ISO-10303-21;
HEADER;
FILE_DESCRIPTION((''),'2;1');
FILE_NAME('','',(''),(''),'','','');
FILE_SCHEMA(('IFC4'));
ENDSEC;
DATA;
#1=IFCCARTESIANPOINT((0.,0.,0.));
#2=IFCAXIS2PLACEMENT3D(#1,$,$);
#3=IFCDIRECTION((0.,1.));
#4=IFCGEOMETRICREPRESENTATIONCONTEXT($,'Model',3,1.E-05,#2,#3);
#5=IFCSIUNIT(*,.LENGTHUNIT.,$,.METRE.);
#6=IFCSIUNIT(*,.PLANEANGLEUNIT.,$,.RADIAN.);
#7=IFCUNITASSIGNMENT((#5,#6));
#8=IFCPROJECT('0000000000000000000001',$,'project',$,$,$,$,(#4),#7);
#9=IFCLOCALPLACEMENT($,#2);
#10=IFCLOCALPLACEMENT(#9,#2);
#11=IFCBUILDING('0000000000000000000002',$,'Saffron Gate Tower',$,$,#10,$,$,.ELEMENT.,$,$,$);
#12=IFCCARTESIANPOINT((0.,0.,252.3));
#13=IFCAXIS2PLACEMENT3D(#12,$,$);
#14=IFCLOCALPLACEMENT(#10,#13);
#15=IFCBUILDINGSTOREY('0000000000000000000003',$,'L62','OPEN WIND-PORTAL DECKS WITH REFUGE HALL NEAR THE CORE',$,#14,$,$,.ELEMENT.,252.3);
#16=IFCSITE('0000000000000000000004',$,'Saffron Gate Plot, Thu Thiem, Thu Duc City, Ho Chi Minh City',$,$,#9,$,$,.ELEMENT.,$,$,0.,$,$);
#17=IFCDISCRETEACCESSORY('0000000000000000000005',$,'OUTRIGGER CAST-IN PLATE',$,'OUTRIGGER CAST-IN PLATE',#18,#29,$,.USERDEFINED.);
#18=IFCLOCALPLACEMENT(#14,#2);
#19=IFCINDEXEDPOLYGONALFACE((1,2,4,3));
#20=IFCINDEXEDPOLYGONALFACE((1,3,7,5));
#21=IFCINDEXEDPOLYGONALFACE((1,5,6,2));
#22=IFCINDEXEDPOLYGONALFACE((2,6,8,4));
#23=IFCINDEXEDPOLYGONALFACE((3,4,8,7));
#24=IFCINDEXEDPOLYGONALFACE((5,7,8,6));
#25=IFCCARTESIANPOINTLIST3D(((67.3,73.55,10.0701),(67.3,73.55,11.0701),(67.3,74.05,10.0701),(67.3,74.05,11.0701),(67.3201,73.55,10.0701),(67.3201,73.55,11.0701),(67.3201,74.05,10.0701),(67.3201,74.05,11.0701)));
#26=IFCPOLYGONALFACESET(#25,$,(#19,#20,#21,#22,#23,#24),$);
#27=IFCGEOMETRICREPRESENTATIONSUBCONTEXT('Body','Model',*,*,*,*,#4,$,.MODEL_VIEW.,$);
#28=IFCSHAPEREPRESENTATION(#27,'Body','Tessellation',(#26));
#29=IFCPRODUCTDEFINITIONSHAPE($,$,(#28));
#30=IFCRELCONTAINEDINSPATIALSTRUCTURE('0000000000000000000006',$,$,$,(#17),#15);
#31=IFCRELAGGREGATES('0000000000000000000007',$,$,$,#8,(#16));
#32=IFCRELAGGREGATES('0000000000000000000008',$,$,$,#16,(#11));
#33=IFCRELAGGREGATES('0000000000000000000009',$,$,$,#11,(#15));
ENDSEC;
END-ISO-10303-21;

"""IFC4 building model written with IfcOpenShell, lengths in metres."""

from ifc_helpers import new_model, si_unit, direction, frame, origin, origin_2d, place, context, subcontext, project, spatial, rectangle, extrude, element, save


model = new_model("IFC4")

# Units and contexts
model_context = context("Model", 3, precision=1e-05, world=origin(), true_north=direction((0.0, 1.0)))
body_context = subcontext(model_context, "Body", "Model", "MODEL_VIEW")
ifc_project = project(units=[si_unit("LENGTHUNIT", "METRE"), si_unit("PLANEANGLEUNIT", "RADIAN")], contexts=[model_context])

# Site, building, storey
site_placement = place(None, origin())
site = spatial("IfcSite", under=ifc_project, at=site_placement, Name="Saffron Gate Plot, Thu Thiem, Thu Duc City, Ho Chi Minh City", CompositionType="ELEMENT", RefElevation=0.0)
building_placement = place(site_placement, origin())
building = spatial("IfcBuilding", under=site, at=building_placement, Name="Saffron Gate Tower", CompositionType="ELEMENT")
storey_placement = place(building_placement, frame((0.0, 0.0, 252.3)))
storey = spatial("IfcBuildingStorey", under=building, at=storey_placement, Name="L62", Description="OPEN WIND-PORTAL DECKS WITH REFUGE HALL NEAR THE CORE", CompositionType="ELEMENT", Elevation=252.3)

# Discrete accessory
discrete_accessory_placement = place(storey_placement, frame((67.3101, 73.8, 10.0701), z_axis=(0.0, 0.0, 1.0), x_axis=(1.0, 0.0, 0.0)))
element("IfcDiscreteAccessory", 1, at=discrete_accessory_placement, inside=storey, Name="OUTRIGGER CAST-IN PLATE", ObjectType="OUTRIGGER CAST-IN PLATE", PredefinedType="USERDEFINED", context=body_context, shape_type="SweptSolid", body=[
    extrude(rectangle(XDim=0.02, YDim=0.5, at=origin_2d()), origin(), (0.0, 0.0, 1.0), 1.0),
])

save(model, "model.ifc")
